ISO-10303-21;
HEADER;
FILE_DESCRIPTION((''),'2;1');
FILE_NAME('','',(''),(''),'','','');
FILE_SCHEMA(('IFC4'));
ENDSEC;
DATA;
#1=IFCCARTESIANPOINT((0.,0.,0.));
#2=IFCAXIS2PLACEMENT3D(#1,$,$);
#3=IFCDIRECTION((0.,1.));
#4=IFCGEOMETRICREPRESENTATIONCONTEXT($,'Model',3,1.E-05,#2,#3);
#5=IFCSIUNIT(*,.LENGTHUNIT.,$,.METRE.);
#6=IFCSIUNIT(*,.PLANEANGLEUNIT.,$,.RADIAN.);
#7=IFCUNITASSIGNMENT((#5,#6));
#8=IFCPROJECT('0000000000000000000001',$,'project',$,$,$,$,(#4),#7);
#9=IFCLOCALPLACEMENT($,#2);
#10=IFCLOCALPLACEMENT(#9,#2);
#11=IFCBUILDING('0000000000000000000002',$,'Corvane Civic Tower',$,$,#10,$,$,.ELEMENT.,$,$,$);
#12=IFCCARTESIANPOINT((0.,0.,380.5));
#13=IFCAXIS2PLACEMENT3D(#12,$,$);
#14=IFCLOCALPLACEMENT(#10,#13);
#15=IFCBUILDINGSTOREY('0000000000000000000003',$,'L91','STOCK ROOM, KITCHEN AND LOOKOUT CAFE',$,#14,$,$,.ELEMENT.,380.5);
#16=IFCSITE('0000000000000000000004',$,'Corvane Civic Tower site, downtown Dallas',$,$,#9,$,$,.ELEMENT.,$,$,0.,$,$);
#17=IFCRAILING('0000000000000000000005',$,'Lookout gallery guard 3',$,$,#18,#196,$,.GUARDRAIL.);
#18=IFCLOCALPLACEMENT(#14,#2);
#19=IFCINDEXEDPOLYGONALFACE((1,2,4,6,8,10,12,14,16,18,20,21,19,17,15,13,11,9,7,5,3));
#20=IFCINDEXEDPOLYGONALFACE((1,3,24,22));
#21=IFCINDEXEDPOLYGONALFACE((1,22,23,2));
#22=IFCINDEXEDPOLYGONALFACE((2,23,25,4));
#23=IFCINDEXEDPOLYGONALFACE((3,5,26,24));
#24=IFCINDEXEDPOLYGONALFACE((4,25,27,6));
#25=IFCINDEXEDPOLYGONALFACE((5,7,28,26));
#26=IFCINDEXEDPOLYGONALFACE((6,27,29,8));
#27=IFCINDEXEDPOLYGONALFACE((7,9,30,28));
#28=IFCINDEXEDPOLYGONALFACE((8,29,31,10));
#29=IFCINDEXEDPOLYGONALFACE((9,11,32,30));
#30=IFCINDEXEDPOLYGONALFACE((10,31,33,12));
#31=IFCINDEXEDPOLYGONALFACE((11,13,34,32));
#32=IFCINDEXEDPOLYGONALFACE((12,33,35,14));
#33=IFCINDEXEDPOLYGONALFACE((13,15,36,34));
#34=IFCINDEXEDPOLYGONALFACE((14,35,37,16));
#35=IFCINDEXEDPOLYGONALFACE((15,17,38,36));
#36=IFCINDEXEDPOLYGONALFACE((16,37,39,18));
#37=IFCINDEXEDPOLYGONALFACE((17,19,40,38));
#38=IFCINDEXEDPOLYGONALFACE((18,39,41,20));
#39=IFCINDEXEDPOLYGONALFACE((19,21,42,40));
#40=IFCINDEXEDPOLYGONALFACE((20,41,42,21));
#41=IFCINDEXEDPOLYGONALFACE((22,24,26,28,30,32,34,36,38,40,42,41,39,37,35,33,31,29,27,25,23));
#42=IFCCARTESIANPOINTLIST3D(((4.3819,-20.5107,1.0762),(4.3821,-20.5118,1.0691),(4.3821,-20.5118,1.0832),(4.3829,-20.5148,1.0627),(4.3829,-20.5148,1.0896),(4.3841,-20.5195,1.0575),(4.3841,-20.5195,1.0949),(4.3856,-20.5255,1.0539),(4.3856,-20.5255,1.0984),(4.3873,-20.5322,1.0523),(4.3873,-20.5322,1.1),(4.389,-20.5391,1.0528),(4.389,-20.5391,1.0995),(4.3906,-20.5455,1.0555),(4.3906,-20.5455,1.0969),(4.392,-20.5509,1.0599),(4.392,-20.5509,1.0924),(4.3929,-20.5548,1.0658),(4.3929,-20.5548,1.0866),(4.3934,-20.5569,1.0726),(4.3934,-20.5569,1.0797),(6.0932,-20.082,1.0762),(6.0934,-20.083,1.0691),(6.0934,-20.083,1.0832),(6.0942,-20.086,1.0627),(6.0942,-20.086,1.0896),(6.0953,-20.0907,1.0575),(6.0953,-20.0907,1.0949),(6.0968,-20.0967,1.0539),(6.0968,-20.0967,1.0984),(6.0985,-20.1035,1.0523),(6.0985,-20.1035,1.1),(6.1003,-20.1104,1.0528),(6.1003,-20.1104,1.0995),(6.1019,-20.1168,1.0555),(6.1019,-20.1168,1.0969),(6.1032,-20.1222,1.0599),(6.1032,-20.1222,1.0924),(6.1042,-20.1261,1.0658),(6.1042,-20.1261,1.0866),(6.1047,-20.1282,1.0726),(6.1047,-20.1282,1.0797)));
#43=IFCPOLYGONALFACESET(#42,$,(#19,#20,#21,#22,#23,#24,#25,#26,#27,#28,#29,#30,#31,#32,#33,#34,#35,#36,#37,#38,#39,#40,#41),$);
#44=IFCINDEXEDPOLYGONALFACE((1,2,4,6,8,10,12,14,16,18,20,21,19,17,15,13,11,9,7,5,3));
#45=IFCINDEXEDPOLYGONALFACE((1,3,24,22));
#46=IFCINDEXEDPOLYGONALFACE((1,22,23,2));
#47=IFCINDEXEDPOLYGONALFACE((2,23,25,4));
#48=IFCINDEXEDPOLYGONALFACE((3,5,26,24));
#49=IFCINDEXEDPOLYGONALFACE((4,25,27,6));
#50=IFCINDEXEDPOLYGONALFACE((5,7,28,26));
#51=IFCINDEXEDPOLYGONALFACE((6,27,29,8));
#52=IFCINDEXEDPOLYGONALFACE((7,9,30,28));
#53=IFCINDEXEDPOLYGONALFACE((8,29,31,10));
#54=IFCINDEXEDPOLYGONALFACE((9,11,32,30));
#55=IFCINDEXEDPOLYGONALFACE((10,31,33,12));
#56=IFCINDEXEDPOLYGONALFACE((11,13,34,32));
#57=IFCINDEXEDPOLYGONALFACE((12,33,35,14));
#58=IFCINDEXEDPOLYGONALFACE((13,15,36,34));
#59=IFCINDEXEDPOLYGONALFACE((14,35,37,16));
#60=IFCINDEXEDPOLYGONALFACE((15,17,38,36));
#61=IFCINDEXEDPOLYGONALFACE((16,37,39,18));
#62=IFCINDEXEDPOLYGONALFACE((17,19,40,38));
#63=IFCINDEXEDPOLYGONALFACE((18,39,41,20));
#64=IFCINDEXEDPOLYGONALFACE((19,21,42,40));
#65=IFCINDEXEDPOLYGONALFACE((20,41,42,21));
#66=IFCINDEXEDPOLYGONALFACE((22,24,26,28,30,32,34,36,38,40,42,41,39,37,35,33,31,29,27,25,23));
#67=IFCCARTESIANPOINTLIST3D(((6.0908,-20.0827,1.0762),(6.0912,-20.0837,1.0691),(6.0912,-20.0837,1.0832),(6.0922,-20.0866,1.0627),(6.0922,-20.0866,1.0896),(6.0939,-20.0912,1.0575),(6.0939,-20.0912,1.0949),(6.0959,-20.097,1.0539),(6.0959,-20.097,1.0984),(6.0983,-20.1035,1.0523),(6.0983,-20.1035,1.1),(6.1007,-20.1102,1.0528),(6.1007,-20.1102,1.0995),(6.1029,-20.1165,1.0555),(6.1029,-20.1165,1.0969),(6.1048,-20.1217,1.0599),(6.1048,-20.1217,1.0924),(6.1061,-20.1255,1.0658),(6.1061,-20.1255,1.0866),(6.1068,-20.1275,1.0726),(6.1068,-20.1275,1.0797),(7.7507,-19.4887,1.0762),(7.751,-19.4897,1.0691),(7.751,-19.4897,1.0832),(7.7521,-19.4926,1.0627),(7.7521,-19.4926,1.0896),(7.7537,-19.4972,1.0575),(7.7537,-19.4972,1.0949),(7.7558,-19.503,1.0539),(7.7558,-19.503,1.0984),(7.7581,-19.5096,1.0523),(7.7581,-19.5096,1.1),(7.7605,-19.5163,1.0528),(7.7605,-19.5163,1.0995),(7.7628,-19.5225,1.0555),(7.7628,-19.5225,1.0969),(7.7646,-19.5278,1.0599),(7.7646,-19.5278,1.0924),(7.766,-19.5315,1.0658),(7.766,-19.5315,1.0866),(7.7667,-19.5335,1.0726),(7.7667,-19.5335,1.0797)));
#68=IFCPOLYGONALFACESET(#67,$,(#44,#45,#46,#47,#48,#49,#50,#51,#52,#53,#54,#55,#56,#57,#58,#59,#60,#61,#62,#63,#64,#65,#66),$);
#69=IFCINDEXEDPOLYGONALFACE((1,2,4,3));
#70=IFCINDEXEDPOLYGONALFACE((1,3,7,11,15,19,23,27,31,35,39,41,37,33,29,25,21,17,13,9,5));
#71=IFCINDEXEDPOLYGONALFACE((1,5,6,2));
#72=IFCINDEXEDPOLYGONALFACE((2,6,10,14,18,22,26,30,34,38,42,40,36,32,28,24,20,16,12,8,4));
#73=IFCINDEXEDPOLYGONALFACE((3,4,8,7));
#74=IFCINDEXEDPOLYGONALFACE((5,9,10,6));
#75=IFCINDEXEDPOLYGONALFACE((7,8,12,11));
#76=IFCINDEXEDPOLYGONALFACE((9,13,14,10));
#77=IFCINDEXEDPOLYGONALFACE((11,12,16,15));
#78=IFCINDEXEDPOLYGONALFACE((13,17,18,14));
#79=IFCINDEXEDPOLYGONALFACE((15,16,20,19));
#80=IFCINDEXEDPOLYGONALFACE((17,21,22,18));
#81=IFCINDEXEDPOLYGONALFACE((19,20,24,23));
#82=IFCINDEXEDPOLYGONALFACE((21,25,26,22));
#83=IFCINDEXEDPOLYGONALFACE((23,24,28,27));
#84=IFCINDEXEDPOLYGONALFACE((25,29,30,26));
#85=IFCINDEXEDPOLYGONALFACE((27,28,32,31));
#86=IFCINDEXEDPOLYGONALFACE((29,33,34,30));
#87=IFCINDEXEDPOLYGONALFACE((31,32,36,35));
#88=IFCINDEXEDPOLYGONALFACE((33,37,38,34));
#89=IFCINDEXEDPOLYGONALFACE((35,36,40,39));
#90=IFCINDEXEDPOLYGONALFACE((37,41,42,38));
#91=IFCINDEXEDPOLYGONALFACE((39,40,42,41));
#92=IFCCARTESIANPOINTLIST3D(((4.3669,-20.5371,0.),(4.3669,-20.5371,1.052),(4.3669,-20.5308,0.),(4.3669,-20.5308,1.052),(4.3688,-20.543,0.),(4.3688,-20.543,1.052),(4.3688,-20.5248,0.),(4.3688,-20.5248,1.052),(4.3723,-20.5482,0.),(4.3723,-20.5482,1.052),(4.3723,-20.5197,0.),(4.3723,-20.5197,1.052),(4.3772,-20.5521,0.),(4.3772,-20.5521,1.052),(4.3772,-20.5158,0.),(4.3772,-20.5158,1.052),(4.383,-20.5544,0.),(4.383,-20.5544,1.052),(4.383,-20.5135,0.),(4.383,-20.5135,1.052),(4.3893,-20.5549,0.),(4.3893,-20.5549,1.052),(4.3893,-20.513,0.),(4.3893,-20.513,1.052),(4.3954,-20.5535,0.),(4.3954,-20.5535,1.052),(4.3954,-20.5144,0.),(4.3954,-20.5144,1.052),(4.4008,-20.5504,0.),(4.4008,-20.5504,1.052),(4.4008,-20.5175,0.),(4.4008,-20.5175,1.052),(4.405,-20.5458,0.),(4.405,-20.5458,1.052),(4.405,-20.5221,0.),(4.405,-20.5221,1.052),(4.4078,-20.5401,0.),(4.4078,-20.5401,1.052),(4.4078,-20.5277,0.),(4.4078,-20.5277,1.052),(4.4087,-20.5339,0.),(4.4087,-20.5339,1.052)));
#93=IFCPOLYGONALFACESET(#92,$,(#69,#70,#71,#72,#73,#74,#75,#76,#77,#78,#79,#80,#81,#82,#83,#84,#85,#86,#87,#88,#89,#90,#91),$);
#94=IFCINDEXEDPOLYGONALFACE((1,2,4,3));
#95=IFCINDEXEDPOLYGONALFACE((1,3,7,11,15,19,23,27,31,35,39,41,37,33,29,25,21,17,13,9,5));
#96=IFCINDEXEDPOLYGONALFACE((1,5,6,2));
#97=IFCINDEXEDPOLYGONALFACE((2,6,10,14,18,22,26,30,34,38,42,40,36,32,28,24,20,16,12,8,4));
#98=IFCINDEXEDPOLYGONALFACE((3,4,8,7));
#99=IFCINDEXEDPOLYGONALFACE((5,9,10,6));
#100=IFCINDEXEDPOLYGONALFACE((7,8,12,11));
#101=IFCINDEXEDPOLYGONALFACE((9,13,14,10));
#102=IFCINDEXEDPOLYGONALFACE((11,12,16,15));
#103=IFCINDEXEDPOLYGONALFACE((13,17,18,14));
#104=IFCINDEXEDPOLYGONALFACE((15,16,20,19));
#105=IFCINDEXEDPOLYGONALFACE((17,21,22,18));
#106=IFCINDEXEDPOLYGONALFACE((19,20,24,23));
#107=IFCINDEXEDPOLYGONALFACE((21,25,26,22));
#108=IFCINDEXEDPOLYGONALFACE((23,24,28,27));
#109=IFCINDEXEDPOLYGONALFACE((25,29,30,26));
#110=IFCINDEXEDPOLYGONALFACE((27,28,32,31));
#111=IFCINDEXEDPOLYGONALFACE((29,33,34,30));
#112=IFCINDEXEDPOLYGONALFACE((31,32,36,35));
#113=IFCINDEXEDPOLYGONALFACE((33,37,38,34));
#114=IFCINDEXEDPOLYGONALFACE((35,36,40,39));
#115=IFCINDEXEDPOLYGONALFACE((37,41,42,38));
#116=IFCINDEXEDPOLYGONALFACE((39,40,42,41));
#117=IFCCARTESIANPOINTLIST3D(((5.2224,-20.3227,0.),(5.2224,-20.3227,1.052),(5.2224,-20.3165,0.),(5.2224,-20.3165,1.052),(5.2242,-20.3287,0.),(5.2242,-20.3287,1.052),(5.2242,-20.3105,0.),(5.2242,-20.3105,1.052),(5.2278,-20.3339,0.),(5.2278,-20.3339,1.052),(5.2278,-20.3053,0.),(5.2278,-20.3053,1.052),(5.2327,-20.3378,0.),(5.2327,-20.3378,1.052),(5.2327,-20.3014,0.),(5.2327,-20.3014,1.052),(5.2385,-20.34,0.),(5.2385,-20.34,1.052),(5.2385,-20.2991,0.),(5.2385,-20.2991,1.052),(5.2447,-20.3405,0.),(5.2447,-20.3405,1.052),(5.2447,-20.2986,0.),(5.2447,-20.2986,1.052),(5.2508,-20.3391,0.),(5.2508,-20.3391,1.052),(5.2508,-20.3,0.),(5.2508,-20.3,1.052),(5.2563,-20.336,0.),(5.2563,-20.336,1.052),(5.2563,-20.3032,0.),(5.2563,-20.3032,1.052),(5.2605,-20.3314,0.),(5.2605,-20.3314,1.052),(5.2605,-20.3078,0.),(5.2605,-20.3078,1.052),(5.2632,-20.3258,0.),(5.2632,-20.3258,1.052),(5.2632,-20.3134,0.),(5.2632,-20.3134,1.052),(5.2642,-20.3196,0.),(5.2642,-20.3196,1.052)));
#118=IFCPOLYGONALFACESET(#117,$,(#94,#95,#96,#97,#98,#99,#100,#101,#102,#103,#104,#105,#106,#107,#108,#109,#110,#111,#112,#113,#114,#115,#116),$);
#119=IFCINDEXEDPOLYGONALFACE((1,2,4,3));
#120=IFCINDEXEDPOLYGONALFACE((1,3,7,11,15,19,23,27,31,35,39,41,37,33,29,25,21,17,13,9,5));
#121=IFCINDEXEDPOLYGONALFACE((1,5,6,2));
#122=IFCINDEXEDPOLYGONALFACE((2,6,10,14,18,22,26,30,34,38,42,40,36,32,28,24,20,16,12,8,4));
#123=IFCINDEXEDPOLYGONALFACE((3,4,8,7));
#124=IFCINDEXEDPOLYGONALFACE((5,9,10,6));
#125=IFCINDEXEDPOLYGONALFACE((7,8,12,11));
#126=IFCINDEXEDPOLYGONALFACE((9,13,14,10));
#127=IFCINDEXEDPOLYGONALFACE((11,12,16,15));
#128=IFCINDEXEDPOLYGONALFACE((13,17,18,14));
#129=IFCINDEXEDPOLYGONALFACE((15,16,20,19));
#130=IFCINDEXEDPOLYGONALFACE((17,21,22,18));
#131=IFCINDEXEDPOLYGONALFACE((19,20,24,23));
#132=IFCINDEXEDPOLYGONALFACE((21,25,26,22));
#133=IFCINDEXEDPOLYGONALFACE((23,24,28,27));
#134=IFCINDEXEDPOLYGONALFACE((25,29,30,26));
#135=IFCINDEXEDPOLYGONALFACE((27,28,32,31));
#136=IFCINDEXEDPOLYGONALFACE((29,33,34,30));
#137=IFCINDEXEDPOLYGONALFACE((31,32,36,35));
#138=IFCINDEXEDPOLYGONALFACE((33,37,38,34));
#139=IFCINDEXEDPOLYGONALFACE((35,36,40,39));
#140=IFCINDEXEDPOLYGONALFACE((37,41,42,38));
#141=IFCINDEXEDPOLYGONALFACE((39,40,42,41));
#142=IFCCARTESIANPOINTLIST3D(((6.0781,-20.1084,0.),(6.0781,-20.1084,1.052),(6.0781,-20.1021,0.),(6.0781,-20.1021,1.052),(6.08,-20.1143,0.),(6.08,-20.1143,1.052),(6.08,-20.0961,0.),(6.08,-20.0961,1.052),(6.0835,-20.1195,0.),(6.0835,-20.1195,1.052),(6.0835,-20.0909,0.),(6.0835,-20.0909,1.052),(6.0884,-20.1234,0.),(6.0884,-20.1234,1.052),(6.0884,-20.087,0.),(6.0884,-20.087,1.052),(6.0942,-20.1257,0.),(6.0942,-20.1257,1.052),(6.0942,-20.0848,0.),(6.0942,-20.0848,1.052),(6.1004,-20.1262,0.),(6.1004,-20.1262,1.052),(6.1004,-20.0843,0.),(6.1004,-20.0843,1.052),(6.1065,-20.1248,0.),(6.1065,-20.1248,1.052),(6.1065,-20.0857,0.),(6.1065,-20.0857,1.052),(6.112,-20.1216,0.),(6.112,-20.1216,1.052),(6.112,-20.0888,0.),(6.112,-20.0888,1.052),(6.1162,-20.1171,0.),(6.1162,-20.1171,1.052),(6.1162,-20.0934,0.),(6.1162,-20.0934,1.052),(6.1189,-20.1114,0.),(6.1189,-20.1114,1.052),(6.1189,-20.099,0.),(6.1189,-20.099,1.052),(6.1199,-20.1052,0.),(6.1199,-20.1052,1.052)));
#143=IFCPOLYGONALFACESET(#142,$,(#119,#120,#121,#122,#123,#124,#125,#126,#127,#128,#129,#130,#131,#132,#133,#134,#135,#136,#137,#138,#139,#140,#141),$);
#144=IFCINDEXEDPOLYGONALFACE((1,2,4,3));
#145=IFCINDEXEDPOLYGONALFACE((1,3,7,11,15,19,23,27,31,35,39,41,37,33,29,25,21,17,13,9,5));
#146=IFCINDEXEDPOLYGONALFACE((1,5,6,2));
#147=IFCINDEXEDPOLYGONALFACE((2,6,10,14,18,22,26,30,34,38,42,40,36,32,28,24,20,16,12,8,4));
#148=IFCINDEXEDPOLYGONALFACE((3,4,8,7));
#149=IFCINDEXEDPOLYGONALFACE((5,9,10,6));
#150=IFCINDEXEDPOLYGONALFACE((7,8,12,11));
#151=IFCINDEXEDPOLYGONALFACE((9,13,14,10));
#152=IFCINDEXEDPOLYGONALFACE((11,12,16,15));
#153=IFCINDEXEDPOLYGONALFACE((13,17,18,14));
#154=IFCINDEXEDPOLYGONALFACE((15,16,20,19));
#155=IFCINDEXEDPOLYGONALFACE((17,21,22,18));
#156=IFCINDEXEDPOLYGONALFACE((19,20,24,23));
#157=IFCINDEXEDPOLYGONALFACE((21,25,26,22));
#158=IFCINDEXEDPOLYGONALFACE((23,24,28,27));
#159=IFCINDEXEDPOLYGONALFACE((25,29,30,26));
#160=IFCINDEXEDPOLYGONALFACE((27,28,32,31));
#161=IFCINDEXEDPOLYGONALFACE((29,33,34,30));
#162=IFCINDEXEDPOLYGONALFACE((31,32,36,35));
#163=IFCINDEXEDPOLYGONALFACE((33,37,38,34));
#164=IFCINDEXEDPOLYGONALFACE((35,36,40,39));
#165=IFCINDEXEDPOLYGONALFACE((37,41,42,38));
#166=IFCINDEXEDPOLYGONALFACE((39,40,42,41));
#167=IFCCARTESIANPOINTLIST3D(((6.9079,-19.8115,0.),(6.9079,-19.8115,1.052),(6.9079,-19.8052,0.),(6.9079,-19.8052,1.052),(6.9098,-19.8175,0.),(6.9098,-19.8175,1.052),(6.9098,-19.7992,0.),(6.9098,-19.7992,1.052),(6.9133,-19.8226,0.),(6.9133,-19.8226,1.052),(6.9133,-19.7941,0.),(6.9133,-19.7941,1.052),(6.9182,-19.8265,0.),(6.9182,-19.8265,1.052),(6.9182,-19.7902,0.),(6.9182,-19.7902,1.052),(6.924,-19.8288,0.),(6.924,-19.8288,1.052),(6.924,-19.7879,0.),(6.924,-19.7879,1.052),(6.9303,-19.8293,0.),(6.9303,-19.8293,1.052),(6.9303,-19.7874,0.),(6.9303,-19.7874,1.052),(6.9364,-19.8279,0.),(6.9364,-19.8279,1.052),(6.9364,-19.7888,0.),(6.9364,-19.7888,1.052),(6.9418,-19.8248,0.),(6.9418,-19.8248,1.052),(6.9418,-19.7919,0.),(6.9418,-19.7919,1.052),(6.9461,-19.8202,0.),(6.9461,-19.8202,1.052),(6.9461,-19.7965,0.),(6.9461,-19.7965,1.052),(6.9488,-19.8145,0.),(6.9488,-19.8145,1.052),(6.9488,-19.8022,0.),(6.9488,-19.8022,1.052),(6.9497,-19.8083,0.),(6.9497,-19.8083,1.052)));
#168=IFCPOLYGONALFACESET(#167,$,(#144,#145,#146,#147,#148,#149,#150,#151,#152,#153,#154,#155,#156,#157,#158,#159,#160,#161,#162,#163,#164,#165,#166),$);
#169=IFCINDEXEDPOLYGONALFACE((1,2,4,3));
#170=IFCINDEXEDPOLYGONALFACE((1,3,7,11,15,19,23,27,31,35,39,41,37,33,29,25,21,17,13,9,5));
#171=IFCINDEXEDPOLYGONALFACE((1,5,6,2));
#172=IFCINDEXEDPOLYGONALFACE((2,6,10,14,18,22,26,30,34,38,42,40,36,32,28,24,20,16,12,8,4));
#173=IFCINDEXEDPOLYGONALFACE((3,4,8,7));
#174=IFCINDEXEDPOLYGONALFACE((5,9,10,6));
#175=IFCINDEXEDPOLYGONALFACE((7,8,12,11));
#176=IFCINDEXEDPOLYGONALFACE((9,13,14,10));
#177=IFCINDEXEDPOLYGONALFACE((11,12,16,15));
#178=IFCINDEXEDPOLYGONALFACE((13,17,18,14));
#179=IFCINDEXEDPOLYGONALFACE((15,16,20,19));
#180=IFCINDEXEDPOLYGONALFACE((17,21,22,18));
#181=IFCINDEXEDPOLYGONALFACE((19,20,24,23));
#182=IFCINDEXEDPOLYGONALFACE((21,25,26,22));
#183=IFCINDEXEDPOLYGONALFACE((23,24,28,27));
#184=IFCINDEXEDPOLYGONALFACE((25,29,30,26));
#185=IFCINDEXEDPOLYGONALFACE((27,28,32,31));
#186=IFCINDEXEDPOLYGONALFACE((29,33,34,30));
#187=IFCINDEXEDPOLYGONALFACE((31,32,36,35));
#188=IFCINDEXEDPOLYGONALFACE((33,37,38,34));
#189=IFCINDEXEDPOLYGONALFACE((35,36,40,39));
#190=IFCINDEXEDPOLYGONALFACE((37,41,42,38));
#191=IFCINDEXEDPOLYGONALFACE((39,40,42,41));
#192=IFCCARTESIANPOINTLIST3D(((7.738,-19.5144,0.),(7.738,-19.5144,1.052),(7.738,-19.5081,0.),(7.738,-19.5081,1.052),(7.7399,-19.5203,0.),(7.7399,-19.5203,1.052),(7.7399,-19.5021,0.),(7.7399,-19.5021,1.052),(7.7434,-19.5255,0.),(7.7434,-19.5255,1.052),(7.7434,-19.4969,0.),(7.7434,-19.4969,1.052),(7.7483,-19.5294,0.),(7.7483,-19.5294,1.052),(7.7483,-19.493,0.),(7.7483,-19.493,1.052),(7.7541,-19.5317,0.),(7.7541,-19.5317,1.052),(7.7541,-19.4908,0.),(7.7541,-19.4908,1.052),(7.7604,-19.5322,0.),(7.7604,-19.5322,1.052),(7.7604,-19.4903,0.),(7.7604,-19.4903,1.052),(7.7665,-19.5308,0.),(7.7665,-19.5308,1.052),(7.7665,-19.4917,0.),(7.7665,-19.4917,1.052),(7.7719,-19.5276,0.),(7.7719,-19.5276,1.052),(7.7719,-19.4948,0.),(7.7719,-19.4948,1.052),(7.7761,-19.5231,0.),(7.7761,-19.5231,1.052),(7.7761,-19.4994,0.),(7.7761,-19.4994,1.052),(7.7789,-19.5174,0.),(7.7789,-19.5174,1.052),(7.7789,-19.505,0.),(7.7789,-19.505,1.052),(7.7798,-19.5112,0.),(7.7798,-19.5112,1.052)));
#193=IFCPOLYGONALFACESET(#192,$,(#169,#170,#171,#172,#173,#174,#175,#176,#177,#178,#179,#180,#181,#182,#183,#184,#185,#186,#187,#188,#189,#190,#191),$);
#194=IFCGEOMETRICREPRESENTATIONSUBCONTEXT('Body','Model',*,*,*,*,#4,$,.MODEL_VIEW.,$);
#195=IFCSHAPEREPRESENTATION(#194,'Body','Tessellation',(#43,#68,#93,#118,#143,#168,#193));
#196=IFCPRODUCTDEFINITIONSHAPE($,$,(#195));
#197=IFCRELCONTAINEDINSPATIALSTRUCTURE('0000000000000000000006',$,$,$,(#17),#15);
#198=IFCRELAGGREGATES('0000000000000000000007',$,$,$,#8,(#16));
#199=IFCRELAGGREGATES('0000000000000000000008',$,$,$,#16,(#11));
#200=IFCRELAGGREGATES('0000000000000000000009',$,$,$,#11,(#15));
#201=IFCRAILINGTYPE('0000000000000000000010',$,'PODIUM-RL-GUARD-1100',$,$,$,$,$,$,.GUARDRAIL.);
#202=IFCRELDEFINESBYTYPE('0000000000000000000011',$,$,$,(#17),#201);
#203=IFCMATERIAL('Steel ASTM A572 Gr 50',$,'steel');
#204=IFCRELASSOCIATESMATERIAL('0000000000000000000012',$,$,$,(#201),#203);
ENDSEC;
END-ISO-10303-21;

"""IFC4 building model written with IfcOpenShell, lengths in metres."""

from ifc_helpers import new_model, si_unit, direction, frame, origin, origin_2d, place, context, subcontext, project, spatial, circle, extrude, material, type_object, element, save


model = new_model("IFC4")

# Units and contexts
model_context = context("Model", 3, precision=1e-05, world=origin(), true_north=direction((0.0, 1.0)))
body_context = subcontext(model_context, "Body", "Model", "MODEL_VIEW")
ifc_project = project(units=[si_unit("LENGTHUNIT", "METRE"), si_unit("PLANEANGLEUNIT", "RADIAN")], contexts=[model_context])

# Site, building, storey
site_placement = place(None, origin())
site = spatial("IfcSite", under=ifc_project, at=site_placement, Name="Corvane Civic Tower site, downtown Dallas", CompositionType="ELEMENT", RefElevation=0.0)
building_placement = place(site_placement, origin())
building = spatial("IfcBuilding", under=site, at=building_placement, Name="Corvane Civic Tower", CompositionType="ELEMENT")
storey_placement = place(building_placement, frame((0.0, 0.0, 380.5)))
storey = spatial("IfcBuildingStorey", under=building, at=storey_placement, Name="L91", Description="STOCK ROOM, KITCHEN AND LOOKOUT CAFE", CompositionType="ELEMENT", Elevation=380.5)

# Railing
ifc_material_1 = material(Name="Steel ASTM A572 Gr 50", Category="steel")
railing_type = type_object("IfcRailingType", Name="PODIUM-RL-GUARD-1100", PredefinedType="GUARDRAIL", material=ifc_material_1)
railing_1_placement = place(storey_placement, frame((4.3877, -20.5339, 0.0)))
element("IfcRailing", 1, at=railing_1_placement, inside=storey, type_object=railing_type, Name="Lookout gallery guard 3", PredefinedType="GUARDRAIL", context=body_context, shape_type="SweptSolid", body=[
    extrude(circle(Radius=0.0239, at=origin_2d()), frame((0.0, 0.0, 1.0762), z_axis=(0.97002, 0.243024, 0.0), x_axis=(-0.243024, 0.97002, 0.0)), (0.0, 0.0, 1.0), 1.7642),
    extrude(circle(Radius=0.0239, at=origin_2d()), frame((1.7112, 0.4287, 1.0762), z_axis=(0.941532, 0.336924, 0.0), x_axis=(-0.336924, 0.941532, 0.0)), (0.0, 0.0, 1.0), 1.7629),
    extrude(circle(Radius=0.021, at=origin_2d()), origin(), (0.0, 0.0, 1.0), 1.052),
    extrude(circle(Radius=0.021, at=origin_2d()), frame((0.8555, 0.2144, 0.0)), (0.0, 0.0, 1.0), 1.052),
    extrude(circle(Radius=0.021, at=origin_2d()), frame((1.7112, 0.4287, 0.0)), (0.0, 0.0, 1.0), 1.052),
    extrude(circle(Radius=0.021, at=origin_2d()), frame((2.541, 0.7256, 0.0)), (0.0, 0.0, 1.0), 1.052),
    extrude(circle(Radius=0.021, at=origin_2d()), frame((3.3711, 1.0227, 0.0)), (0.0, 0.0, 1.0), 1.052),
])

save(model, "model.ifc")
